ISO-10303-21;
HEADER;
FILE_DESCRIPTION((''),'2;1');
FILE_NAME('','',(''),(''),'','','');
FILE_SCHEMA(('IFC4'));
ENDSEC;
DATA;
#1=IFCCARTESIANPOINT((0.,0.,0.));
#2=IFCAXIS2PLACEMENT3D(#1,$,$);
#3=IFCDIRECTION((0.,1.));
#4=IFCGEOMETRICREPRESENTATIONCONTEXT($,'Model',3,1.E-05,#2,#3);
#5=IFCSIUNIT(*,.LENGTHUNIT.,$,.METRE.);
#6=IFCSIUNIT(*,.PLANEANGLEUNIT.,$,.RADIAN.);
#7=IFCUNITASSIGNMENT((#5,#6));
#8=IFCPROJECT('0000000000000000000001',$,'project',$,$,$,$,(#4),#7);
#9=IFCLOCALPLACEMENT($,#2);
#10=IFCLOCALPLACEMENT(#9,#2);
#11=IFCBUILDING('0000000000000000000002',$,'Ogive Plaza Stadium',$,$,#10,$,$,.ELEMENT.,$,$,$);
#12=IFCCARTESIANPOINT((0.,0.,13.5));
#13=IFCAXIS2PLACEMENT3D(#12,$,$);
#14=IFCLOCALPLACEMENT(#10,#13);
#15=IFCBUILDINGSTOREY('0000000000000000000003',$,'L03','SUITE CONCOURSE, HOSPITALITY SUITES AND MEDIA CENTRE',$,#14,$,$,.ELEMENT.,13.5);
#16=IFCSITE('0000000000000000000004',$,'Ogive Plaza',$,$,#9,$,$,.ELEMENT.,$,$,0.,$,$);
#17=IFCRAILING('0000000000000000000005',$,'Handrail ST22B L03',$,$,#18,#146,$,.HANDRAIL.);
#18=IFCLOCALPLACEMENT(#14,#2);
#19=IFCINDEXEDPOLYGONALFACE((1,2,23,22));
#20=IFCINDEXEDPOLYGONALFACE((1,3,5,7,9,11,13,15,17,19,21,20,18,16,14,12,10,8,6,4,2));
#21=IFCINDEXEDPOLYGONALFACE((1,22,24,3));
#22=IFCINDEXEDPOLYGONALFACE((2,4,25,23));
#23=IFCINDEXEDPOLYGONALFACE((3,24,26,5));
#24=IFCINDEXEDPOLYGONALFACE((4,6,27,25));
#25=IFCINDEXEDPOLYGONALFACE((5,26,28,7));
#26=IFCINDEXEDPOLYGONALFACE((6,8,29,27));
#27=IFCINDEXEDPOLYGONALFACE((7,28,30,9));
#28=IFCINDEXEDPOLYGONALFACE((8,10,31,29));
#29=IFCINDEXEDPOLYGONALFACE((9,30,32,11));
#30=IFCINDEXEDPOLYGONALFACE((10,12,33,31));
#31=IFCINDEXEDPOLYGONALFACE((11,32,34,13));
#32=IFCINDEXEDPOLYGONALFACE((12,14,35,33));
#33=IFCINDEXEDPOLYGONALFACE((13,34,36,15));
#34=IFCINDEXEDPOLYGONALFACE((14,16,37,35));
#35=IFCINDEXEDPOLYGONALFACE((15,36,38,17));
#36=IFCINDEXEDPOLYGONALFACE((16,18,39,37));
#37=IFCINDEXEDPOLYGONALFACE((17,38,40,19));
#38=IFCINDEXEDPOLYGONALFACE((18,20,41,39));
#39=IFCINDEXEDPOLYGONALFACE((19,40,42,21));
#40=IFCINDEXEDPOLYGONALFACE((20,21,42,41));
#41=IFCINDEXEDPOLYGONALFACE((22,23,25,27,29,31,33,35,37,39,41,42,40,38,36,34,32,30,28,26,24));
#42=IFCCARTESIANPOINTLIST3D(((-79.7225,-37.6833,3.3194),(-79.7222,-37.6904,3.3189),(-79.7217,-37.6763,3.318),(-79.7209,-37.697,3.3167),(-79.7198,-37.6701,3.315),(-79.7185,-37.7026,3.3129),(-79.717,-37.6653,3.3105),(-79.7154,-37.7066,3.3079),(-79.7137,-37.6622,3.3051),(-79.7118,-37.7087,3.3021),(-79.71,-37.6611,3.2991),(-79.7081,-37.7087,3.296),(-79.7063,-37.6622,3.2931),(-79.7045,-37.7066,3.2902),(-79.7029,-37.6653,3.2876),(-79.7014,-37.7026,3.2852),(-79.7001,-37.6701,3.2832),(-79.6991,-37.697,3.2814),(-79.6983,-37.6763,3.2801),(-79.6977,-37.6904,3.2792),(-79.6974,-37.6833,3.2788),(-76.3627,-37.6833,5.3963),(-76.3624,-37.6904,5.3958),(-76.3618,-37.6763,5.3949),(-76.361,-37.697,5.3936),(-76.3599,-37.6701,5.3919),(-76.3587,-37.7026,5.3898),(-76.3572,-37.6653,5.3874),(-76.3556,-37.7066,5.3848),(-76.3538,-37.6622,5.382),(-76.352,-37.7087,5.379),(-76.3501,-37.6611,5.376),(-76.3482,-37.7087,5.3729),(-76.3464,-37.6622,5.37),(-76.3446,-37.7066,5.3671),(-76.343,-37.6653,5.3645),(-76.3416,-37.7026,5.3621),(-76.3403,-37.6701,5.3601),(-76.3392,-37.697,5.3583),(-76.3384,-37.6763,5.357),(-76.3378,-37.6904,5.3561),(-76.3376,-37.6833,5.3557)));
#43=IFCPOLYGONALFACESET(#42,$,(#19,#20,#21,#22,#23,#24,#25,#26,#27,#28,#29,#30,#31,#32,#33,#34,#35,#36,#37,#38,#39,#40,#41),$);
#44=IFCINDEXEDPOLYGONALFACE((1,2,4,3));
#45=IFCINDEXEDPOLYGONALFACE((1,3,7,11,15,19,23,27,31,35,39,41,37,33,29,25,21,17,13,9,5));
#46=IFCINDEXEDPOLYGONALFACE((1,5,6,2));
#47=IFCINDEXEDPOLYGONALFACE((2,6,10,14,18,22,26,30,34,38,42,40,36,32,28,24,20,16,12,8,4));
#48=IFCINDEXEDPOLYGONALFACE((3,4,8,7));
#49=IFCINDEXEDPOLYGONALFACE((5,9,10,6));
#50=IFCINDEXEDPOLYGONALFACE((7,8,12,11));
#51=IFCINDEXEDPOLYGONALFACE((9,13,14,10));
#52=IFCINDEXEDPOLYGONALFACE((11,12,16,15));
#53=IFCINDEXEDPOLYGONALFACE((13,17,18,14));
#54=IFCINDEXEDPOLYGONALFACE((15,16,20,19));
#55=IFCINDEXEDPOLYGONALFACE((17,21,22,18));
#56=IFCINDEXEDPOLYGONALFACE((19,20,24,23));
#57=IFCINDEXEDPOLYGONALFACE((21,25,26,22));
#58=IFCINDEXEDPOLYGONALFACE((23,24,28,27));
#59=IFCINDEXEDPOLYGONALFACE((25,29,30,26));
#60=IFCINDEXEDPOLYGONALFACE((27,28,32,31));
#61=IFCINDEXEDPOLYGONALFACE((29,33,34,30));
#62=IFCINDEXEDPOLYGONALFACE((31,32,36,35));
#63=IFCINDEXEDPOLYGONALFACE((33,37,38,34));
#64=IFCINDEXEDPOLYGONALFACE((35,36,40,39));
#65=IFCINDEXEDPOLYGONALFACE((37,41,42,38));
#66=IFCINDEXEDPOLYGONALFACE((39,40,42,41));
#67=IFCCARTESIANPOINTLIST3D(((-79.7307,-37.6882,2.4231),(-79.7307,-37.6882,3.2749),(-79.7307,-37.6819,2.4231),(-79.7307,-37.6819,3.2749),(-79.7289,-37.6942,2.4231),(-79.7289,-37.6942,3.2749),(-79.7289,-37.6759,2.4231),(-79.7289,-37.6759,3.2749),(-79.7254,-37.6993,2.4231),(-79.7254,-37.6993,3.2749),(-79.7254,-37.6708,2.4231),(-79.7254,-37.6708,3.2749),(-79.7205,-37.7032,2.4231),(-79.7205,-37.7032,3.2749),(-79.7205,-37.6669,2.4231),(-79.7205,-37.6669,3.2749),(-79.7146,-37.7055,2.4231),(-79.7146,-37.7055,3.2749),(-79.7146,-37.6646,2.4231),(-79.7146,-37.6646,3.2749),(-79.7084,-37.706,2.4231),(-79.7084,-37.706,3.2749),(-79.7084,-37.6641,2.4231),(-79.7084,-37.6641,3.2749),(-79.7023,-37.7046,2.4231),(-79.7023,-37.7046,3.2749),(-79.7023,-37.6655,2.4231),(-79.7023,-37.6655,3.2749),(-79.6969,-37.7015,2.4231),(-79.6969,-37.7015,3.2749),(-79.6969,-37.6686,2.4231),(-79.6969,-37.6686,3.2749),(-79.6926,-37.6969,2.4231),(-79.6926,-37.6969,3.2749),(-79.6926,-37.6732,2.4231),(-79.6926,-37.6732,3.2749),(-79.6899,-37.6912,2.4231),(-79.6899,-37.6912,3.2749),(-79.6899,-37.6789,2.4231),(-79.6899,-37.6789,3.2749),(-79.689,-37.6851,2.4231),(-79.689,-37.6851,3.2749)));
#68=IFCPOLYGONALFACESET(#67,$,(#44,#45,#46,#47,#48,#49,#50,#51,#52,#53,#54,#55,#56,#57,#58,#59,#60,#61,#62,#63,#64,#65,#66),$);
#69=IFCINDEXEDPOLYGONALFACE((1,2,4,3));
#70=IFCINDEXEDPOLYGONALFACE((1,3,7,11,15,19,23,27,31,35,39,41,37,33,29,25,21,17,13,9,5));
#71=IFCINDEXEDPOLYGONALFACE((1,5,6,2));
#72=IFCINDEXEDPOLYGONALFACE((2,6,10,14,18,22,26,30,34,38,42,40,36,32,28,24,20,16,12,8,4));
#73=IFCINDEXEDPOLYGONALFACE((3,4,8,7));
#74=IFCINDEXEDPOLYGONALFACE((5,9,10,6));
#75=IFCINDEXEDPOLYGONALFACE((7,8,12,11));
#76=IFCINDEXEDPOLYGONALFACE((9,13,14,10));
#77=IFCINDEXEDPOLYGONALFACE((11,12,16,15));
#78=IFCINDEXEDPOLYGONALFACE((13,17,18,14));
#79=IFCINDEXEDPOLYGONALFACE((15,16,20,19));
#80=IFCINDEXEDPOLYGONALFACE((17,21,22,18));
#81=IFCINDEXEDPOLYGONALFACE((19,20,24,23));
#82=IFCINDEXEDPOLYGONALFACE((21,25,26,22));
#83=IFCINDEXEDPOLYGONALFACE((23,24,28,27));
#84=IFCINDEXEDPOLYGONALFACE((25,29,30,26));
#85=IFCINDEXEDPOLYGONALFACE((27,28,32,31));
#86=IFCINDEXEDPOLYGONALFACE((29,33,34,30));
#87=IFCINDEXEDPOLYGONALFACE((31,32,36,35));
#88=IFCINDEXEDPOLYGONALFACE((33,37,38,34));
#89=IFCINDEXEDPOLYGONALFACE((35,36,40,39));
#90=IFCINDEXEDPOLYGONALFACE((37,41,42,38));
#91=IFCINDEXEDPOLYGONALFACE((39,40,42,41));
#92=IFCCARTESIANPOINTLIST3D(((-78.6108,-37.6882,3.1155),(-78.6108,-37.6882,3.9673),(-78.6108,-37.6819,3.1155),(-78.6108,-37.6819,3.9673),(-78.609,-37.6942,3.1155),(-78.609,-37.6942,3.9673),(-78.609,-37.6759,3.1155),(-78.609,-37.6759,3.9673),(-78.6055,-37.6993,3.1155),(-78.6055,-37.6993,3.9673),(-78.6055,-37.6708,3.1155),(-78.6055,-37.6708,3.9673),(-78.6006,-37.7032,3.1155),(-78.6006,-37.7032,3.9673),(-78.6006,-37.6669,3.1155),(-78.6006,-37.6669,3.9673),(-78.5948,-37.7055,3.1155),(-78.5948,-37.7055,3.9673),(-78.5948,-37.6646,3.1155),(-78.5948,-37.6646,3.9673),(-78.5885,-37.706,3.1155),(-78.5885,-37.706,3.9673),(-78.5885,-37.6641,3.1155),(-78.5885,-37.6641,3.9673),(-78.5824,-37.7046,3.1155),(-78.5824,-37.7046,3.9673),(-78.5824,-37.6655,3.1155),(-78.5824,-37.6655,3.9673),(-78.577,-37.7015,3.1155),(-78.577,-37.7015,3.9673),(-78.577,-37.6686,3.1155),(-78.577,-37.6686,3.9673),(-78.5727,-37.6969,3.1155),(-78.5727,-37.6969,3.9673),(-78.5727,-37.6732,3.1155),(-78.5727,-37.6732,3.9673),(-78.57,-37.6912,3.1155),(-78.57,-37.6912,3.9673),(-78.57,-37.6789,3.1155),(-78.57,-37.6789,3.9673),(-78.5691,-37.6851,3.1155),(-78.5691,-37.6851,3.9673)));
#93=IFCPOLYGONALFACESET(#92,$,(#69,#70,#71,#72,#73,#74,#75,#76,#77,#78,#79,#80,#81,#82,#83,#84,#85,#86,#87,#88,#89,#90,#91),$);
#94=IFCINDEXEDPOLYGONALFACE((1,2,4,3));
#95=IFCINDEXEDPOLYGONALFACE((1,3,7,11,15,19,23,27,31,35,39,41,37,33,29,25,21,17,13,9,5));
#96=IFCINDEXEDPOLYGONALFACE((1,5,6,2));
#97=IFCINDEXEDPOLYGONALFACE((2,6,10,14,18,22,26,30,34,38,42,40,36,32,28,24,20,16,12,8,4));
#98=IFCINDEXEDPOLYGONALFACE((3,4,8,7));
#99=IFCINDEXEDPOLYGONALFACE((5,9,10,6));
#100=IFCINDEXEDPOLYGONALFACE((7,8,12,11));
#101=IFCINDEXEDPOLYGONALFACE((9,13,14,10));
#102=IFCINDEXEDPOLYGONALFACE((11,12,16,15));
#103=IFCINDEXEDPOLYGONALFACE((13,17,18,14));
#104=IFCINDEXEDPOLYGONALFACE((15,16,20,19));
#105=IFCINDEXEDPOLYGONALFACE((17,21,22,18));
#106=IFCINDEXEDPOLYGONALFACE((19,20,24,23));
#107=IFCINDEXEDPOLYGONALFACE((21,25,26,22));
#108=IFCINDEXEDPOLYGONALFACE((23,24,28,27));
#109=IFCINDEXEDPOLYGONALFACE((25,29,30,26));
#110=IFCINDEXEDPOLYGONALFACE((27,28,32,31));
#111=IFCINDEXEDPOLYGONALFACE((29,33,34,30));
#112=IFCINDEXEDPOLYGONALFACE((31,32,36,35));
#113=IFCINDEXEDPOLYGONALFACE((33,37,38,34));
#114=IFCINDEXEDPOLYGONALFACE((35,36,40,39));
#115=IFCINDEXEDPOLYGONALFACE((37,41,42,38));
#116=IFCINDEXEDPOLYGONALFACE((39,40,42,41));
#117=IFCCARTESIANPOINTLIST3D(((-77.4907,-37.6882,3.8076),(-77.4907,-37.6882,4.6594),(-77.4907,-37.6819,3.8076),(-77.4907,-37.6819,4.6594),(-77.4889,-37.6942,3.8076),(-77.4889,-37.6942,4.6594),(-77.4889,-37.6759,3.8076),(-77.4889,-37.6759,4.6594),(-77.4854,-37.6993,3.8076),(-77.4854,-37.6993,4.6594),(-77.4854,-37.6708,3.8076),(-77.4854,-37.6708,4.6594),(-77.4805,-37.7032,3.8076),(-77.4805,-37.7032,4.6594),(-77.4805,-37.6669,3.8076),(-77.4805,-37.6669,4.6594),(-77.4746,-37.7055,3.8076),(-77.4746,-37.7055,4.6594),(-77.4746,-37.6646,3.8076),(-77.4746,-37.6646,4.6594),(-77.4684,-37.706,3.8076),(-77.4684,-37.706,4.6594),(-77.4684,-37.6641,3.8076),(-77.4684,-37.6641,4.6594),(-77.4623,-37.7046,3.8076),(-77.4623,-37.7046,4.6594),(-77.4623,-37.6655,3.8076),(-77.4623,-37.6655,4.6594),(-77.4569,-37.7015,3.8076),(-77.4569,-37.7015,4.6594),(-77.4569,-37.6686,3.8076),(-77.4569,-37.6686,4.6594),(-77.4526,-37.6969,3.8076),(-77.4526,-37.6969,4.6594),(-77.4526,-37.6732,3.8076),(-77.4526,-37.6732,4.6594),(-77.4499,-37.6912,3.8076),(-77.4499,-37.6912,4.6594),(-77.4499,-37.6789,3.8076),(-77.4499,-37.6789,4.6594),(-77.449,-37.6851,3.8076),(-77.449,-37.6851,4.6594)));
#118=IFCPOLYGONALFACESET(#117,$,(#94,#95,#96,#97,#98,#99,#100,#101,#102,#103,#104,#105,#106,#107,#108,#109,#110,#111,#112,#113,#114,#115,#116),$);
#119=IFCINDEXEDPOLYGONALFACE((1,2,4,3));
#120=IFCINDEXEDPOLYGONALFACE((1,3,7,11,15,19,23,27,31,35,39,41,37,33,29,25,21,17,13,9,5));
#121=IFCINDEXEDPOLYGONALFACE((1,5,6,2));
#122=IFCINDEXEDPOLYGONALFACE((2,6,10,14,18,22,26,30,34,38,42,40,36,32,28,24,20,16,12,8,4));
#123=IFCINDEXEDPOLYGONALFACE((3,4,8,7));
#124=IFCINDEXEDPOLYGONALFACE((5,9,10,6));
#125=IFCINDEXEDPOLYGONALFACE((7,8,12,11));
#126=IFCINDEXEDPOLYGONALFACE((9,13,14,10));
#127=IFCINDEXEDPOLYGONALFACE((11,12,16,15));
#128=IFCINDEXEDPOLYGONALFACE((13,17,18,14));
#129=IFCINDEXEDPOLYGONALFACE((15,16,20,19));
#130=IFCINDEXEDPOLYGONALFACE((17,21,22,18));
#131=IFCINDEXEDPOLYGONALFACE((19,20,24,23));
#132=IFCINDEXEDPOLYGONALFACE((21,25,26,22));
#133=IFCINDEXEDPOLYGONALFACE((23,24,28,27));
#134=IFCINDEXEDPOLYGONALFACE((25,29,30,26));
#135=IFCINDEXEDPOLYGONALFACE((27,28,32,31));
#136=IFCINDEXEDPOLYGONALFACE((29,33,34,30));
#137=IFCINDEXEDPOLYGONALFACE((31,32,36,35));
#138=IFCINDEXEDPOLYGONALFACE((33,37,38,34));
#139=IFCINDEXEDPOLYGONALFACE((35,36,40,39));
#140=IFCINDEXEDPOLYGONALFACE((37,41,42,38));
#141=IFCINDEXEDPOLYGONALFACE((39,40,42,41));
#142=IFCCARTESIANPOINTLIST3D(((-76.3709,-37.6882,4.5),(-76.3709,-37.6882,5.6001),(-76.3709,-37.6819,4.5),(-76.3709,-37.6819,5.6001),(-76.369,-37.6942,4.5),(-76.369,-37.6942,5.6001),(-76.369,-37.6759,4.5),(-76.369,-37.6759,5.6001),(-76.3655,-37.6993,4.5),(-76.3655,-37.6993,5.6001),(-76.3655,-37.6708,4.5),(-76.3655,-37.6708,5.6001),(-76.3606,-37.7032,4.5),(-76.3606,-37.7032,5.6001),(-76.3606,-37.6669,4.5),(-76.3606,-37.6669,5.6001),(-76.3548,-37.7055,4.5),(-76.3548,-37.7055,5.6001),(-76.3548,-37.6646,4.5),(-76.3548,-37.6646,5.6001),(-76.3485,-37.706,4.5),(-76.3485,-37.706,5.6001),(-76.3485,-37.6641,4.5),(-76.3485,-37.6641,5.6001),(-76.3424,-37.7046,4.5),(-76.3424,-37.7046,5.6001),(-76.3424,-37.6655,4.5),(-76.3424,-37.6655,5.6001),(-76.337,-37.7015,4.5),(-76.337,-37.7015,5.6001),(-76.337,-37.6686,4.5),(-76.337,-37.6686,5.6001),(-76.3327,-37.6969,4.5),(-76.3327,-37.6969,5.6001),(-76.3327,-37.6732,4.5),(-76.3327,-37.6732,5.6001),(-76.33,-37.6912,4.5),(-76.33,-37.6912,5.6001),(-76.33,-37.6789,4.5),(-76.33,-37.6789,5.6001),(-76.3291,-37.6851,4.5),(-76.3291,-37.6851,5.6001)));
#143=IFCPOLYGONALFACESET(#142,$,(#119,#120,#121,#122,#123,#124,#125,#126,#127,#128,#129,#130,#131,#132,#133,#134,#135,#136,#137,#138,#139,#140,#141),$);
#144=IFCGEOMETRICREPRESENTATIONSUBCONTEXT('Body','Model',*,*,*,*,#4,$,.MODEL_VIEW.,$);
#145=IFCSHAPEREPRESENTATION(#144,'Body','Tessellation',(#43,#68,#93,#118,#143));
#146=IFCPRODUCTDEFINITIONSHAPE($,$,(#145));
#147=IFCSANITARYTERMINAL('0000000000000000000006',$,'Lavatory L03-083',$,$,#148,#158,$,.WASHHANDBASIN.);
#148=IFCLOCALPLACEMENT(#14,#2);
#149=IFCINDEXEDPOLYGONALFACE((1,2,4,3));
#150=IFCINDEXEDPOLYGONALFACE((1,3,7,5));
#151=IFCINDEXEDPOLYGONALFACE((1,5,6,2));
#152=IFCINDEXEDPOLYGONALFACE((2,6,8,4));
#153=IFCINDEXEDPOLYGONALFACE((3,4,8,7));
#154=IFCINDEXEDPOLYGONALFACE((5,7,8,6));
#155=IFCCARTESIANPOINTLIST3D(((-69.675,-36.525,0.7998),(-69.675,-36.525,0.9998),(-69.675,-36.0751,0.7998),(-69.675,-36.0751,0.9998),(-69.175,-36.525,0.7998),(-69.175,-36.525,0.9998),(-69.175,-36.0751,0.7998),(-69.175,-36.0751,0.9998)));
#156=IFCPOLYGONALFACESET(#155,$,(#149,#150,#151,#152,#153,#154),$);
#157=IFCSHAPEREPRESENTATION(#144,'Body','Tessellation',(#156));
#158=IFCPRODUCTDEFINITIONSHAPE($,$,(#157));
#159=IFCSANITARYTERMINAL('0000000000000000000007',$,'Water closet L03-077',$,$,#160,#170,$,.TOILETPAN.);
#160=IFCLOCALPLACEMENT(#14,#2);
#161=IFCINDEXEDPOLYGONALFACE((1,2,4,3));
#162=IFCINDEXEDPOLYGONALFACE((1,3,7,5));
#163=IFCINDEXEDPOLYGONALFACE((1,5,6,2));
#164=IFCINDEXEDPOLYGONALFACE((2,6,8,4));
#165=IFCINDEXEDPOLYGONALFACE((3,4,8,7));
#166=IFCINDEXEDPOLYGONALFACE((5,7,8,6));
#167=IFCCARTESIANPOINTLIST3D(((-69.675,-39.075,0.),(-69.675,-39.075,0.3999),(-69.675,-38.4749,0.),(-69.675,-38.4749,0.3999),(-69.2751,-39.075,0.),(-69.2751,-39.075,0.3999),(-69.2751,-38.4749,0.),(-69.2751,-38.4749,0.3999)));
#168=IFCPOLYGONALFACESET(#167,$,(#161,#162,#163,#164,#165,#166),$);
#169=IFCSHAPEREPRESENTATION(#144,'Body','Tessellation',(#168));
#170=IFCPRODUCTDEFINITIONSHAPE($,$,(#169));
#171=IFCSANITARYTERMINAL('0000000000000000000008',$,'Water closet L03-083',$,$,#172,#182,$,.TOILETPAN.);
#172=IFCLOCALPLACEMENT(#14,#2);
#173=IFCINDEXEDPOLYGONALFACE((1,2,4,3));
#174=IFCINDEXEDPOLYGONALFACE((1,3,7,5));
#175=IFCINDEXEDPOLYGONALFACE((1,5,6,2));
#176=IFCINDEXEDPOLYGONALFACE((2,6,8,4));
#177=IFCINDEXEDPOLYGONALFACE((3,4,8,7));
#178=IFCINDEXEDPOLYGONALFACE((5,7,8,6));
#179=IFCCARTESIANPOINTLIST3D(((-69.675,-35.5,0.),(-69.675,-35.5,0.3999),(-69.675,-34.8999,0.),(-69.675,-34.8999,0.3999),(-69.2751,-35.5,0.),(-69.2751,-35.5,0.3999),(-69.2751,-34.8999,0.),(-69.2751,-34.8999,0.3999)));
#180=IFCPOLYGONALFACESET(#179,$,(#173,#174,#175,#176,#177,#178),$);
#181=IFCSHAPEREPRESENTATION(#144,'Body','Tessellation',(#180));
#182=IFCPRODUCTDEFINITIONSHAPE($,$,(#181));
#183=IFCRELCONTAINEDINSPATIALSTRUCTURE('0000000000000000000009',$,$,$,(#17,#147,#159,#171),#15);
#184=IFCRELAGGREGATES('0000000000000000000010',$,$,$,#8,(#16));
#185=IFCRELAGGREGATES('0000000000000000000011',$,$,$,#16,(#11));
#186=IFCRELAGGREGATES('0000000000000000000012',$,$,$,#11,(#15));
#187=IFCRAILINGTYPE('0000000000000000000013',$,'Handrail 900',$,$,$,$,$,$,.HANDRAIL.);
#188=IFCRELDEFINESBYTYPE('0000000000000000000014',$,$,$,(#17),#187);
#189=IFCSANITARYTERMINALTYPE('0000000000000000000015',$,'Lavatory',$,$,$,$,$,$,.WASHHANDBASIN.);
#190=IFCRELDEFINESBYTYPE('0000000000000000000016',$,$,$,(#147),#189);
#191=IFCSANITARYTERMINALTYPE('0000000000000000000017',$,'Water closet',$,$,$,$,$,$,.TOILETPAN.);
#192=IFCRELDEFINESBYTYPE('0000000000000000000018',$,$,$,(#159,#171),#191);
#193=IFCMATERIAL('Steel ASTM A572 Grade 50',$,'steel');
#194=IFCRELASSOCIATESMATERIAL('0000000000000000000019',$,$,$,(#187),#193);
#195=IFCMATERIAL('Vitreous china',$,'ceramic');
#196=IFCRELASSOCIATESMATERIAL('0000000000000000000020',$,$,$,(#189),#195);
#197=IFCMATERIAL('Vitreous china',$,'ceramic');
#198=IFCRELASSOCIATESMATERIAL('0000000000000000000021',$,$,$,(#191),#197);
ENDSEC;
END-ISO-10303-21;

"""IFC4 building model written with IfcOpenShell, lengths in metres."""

from ifc_helpers import new_model, si_unit, direction, frame, origin, origin_2d, place, context, subcontext, project, spatial, rectangle, circle, extrude, material, type_object, element, save


model = new_model("IFC4")

# Units and contexts
model_context = context("Model", 3, precision=1e-05, world=origin(), true_north=direction((0.0, 1.0)))
body_context = subcontext(model_context, "Body", "Model", "MODEL_VIEW")
ifc_project = project(units=[si_unit("LENGTHUNIT", "METRE"), si_unit("PLANEANGLEUNIT", "RADIAN")], contexts=[model_context])

# Site, building, storey
site_placement = place(None, origin())
site = spatial("IfcSite", under=ifc_project, at=site_placement, Name="Ogive Plaza", CompositionType="ELEMENT", RefElevation=0.0)
building_placement = place(site_placement, origin())
building = spatial("IfcBuilding", under=site, at=building_placement, Name="Ogive Plaza Stadium", CompositionType="ELEMENT")
storey_placement = place(building_placement, frame((0.0, 0.0, 13.5)))
storey = spatial("IfcBuildingStorey", under=building, at=storey_placement, Name="L03", Description="SUITE CONCOURSE, HOSPITALITY SUITES AND MEDIA CENTRE", CompositionType="ELEMENT", Elevation=13.5)

# Railing
ifc_material_1 = material(Name="Steel ASTM A572 Grade 50", Category="steel")
railing_type = type_object("IfcRailingType", Name="Handrail 900", PredefinedType="HANDRAIL", material=ifc_material_1)
for number, where, name in (
    (1, (-79.71, -37.6851, 2.4231), "Handrail ST22B L03"),
):
    element("IfcRailing", number, at=place(storey_placement, frame(where)), inside=storey, type_object=railing_type, Name=name, PredefinedType="HANDRAIL", context=body_context, shape_type="SweptSolid", body=[
        extrude(circle(Radius=0.0239, at=origin_2d()), frame((0.0, 0.0, 0.876), z_axis=(0.850606, 0.0, 0.525803), x_axis=(0.0, 1.0, 0.0)), (0.0, 0.0, 1.0), 3.95),
        extrude(circle(Radius=0.021, at=origin_2d()), origin(), (0.0, 0.0, 1.0), 0.8518),
        extrude(circle(Radius=0.021, at=origin_2d()), frame((1.1199, 0.0, 0.6924)), (0.0, 0.0, 1.0), 0.8518),
        extrude(circle(Radius=0.021, at=origin_2d()), frame((2.24, 0.0, 1.3845)), (0.0, 0.0, 1.0), 0.8518),
        extrude(circle(Radius=0.021, at=origin_2d()), frame((3.3599, 0.0, 2.0769)), (0.0, 0.0, 1.0), 1.1001),
    ])

# Sanitary terminals
ifc_material_2 = material(Name="Vitreous china", Category="ceramic")
sanitary_terminal_type_1 = type_object("IfcSanitaryTerminalType", Name="Lavatory", PredefinedType="WASHHANDBASIN", material=ifc_material_2)
sanitary_terminal_placement = place(storey_placement, frame((-69.425, -36.3, 0.7998), z_axis=(0.0, 0.0, 1.0), x_axis=(1.0, 0.0, 0.0)))
element("IfcSanitaryTerminal", 2, at=sanitary_terminal_placement, inside=storey, type_object=sanitary_terminal_type_1, Name="Lavatory L03-083", PredefinedType="WASHHANDBASIN", context=body_context, shape_type="SweptSolid", body=[
    extrude(rectangle(XDim=0.5, YDim=0.45, at=origin_2d()), origin(), (0.0, 0.0, 1.0), 0.2),
])
ifc_material_3 = material(Name="Vitreous china", Category="ceramic")
sanitary_terminal_type_2 = type_object("IfcSanitaryTerminalType", Name="Water closet", PredefinedType="TOILETPAN", material=ifc_material_3)
for number, where, z_axis, x_axis, name in (
    (3, (-69.4751, -38.7749, 0.0), (0.0, 0.0, 1.0), (1.0, 0.0, 0.0), "Water closet L03-077"),
    (4, (-69.4751, -35.2, 0.0), (0.0, 0.0, 1.0), (1.0, 0.0, 0.0), "Water closet L03-083"),
):
    element("IfcSanitaryTerminal", number, at=place(storey_placement, frame(where, z_axis=z_axis, x_axis=x_axis)), inside=storey, type_object=sanitary_terminal_type_2, Name=name, PredefinedType="TOILETPAN", context=body_context, shape_type="SweptSolid", body=[
        extrude(rectangle(XDim=0.3999, YDim=0.6001, at=origin_2d()), origin(), (0.0, 0.0, 1.0), 0.3999),
    ])

save(model, "model.ifc")
